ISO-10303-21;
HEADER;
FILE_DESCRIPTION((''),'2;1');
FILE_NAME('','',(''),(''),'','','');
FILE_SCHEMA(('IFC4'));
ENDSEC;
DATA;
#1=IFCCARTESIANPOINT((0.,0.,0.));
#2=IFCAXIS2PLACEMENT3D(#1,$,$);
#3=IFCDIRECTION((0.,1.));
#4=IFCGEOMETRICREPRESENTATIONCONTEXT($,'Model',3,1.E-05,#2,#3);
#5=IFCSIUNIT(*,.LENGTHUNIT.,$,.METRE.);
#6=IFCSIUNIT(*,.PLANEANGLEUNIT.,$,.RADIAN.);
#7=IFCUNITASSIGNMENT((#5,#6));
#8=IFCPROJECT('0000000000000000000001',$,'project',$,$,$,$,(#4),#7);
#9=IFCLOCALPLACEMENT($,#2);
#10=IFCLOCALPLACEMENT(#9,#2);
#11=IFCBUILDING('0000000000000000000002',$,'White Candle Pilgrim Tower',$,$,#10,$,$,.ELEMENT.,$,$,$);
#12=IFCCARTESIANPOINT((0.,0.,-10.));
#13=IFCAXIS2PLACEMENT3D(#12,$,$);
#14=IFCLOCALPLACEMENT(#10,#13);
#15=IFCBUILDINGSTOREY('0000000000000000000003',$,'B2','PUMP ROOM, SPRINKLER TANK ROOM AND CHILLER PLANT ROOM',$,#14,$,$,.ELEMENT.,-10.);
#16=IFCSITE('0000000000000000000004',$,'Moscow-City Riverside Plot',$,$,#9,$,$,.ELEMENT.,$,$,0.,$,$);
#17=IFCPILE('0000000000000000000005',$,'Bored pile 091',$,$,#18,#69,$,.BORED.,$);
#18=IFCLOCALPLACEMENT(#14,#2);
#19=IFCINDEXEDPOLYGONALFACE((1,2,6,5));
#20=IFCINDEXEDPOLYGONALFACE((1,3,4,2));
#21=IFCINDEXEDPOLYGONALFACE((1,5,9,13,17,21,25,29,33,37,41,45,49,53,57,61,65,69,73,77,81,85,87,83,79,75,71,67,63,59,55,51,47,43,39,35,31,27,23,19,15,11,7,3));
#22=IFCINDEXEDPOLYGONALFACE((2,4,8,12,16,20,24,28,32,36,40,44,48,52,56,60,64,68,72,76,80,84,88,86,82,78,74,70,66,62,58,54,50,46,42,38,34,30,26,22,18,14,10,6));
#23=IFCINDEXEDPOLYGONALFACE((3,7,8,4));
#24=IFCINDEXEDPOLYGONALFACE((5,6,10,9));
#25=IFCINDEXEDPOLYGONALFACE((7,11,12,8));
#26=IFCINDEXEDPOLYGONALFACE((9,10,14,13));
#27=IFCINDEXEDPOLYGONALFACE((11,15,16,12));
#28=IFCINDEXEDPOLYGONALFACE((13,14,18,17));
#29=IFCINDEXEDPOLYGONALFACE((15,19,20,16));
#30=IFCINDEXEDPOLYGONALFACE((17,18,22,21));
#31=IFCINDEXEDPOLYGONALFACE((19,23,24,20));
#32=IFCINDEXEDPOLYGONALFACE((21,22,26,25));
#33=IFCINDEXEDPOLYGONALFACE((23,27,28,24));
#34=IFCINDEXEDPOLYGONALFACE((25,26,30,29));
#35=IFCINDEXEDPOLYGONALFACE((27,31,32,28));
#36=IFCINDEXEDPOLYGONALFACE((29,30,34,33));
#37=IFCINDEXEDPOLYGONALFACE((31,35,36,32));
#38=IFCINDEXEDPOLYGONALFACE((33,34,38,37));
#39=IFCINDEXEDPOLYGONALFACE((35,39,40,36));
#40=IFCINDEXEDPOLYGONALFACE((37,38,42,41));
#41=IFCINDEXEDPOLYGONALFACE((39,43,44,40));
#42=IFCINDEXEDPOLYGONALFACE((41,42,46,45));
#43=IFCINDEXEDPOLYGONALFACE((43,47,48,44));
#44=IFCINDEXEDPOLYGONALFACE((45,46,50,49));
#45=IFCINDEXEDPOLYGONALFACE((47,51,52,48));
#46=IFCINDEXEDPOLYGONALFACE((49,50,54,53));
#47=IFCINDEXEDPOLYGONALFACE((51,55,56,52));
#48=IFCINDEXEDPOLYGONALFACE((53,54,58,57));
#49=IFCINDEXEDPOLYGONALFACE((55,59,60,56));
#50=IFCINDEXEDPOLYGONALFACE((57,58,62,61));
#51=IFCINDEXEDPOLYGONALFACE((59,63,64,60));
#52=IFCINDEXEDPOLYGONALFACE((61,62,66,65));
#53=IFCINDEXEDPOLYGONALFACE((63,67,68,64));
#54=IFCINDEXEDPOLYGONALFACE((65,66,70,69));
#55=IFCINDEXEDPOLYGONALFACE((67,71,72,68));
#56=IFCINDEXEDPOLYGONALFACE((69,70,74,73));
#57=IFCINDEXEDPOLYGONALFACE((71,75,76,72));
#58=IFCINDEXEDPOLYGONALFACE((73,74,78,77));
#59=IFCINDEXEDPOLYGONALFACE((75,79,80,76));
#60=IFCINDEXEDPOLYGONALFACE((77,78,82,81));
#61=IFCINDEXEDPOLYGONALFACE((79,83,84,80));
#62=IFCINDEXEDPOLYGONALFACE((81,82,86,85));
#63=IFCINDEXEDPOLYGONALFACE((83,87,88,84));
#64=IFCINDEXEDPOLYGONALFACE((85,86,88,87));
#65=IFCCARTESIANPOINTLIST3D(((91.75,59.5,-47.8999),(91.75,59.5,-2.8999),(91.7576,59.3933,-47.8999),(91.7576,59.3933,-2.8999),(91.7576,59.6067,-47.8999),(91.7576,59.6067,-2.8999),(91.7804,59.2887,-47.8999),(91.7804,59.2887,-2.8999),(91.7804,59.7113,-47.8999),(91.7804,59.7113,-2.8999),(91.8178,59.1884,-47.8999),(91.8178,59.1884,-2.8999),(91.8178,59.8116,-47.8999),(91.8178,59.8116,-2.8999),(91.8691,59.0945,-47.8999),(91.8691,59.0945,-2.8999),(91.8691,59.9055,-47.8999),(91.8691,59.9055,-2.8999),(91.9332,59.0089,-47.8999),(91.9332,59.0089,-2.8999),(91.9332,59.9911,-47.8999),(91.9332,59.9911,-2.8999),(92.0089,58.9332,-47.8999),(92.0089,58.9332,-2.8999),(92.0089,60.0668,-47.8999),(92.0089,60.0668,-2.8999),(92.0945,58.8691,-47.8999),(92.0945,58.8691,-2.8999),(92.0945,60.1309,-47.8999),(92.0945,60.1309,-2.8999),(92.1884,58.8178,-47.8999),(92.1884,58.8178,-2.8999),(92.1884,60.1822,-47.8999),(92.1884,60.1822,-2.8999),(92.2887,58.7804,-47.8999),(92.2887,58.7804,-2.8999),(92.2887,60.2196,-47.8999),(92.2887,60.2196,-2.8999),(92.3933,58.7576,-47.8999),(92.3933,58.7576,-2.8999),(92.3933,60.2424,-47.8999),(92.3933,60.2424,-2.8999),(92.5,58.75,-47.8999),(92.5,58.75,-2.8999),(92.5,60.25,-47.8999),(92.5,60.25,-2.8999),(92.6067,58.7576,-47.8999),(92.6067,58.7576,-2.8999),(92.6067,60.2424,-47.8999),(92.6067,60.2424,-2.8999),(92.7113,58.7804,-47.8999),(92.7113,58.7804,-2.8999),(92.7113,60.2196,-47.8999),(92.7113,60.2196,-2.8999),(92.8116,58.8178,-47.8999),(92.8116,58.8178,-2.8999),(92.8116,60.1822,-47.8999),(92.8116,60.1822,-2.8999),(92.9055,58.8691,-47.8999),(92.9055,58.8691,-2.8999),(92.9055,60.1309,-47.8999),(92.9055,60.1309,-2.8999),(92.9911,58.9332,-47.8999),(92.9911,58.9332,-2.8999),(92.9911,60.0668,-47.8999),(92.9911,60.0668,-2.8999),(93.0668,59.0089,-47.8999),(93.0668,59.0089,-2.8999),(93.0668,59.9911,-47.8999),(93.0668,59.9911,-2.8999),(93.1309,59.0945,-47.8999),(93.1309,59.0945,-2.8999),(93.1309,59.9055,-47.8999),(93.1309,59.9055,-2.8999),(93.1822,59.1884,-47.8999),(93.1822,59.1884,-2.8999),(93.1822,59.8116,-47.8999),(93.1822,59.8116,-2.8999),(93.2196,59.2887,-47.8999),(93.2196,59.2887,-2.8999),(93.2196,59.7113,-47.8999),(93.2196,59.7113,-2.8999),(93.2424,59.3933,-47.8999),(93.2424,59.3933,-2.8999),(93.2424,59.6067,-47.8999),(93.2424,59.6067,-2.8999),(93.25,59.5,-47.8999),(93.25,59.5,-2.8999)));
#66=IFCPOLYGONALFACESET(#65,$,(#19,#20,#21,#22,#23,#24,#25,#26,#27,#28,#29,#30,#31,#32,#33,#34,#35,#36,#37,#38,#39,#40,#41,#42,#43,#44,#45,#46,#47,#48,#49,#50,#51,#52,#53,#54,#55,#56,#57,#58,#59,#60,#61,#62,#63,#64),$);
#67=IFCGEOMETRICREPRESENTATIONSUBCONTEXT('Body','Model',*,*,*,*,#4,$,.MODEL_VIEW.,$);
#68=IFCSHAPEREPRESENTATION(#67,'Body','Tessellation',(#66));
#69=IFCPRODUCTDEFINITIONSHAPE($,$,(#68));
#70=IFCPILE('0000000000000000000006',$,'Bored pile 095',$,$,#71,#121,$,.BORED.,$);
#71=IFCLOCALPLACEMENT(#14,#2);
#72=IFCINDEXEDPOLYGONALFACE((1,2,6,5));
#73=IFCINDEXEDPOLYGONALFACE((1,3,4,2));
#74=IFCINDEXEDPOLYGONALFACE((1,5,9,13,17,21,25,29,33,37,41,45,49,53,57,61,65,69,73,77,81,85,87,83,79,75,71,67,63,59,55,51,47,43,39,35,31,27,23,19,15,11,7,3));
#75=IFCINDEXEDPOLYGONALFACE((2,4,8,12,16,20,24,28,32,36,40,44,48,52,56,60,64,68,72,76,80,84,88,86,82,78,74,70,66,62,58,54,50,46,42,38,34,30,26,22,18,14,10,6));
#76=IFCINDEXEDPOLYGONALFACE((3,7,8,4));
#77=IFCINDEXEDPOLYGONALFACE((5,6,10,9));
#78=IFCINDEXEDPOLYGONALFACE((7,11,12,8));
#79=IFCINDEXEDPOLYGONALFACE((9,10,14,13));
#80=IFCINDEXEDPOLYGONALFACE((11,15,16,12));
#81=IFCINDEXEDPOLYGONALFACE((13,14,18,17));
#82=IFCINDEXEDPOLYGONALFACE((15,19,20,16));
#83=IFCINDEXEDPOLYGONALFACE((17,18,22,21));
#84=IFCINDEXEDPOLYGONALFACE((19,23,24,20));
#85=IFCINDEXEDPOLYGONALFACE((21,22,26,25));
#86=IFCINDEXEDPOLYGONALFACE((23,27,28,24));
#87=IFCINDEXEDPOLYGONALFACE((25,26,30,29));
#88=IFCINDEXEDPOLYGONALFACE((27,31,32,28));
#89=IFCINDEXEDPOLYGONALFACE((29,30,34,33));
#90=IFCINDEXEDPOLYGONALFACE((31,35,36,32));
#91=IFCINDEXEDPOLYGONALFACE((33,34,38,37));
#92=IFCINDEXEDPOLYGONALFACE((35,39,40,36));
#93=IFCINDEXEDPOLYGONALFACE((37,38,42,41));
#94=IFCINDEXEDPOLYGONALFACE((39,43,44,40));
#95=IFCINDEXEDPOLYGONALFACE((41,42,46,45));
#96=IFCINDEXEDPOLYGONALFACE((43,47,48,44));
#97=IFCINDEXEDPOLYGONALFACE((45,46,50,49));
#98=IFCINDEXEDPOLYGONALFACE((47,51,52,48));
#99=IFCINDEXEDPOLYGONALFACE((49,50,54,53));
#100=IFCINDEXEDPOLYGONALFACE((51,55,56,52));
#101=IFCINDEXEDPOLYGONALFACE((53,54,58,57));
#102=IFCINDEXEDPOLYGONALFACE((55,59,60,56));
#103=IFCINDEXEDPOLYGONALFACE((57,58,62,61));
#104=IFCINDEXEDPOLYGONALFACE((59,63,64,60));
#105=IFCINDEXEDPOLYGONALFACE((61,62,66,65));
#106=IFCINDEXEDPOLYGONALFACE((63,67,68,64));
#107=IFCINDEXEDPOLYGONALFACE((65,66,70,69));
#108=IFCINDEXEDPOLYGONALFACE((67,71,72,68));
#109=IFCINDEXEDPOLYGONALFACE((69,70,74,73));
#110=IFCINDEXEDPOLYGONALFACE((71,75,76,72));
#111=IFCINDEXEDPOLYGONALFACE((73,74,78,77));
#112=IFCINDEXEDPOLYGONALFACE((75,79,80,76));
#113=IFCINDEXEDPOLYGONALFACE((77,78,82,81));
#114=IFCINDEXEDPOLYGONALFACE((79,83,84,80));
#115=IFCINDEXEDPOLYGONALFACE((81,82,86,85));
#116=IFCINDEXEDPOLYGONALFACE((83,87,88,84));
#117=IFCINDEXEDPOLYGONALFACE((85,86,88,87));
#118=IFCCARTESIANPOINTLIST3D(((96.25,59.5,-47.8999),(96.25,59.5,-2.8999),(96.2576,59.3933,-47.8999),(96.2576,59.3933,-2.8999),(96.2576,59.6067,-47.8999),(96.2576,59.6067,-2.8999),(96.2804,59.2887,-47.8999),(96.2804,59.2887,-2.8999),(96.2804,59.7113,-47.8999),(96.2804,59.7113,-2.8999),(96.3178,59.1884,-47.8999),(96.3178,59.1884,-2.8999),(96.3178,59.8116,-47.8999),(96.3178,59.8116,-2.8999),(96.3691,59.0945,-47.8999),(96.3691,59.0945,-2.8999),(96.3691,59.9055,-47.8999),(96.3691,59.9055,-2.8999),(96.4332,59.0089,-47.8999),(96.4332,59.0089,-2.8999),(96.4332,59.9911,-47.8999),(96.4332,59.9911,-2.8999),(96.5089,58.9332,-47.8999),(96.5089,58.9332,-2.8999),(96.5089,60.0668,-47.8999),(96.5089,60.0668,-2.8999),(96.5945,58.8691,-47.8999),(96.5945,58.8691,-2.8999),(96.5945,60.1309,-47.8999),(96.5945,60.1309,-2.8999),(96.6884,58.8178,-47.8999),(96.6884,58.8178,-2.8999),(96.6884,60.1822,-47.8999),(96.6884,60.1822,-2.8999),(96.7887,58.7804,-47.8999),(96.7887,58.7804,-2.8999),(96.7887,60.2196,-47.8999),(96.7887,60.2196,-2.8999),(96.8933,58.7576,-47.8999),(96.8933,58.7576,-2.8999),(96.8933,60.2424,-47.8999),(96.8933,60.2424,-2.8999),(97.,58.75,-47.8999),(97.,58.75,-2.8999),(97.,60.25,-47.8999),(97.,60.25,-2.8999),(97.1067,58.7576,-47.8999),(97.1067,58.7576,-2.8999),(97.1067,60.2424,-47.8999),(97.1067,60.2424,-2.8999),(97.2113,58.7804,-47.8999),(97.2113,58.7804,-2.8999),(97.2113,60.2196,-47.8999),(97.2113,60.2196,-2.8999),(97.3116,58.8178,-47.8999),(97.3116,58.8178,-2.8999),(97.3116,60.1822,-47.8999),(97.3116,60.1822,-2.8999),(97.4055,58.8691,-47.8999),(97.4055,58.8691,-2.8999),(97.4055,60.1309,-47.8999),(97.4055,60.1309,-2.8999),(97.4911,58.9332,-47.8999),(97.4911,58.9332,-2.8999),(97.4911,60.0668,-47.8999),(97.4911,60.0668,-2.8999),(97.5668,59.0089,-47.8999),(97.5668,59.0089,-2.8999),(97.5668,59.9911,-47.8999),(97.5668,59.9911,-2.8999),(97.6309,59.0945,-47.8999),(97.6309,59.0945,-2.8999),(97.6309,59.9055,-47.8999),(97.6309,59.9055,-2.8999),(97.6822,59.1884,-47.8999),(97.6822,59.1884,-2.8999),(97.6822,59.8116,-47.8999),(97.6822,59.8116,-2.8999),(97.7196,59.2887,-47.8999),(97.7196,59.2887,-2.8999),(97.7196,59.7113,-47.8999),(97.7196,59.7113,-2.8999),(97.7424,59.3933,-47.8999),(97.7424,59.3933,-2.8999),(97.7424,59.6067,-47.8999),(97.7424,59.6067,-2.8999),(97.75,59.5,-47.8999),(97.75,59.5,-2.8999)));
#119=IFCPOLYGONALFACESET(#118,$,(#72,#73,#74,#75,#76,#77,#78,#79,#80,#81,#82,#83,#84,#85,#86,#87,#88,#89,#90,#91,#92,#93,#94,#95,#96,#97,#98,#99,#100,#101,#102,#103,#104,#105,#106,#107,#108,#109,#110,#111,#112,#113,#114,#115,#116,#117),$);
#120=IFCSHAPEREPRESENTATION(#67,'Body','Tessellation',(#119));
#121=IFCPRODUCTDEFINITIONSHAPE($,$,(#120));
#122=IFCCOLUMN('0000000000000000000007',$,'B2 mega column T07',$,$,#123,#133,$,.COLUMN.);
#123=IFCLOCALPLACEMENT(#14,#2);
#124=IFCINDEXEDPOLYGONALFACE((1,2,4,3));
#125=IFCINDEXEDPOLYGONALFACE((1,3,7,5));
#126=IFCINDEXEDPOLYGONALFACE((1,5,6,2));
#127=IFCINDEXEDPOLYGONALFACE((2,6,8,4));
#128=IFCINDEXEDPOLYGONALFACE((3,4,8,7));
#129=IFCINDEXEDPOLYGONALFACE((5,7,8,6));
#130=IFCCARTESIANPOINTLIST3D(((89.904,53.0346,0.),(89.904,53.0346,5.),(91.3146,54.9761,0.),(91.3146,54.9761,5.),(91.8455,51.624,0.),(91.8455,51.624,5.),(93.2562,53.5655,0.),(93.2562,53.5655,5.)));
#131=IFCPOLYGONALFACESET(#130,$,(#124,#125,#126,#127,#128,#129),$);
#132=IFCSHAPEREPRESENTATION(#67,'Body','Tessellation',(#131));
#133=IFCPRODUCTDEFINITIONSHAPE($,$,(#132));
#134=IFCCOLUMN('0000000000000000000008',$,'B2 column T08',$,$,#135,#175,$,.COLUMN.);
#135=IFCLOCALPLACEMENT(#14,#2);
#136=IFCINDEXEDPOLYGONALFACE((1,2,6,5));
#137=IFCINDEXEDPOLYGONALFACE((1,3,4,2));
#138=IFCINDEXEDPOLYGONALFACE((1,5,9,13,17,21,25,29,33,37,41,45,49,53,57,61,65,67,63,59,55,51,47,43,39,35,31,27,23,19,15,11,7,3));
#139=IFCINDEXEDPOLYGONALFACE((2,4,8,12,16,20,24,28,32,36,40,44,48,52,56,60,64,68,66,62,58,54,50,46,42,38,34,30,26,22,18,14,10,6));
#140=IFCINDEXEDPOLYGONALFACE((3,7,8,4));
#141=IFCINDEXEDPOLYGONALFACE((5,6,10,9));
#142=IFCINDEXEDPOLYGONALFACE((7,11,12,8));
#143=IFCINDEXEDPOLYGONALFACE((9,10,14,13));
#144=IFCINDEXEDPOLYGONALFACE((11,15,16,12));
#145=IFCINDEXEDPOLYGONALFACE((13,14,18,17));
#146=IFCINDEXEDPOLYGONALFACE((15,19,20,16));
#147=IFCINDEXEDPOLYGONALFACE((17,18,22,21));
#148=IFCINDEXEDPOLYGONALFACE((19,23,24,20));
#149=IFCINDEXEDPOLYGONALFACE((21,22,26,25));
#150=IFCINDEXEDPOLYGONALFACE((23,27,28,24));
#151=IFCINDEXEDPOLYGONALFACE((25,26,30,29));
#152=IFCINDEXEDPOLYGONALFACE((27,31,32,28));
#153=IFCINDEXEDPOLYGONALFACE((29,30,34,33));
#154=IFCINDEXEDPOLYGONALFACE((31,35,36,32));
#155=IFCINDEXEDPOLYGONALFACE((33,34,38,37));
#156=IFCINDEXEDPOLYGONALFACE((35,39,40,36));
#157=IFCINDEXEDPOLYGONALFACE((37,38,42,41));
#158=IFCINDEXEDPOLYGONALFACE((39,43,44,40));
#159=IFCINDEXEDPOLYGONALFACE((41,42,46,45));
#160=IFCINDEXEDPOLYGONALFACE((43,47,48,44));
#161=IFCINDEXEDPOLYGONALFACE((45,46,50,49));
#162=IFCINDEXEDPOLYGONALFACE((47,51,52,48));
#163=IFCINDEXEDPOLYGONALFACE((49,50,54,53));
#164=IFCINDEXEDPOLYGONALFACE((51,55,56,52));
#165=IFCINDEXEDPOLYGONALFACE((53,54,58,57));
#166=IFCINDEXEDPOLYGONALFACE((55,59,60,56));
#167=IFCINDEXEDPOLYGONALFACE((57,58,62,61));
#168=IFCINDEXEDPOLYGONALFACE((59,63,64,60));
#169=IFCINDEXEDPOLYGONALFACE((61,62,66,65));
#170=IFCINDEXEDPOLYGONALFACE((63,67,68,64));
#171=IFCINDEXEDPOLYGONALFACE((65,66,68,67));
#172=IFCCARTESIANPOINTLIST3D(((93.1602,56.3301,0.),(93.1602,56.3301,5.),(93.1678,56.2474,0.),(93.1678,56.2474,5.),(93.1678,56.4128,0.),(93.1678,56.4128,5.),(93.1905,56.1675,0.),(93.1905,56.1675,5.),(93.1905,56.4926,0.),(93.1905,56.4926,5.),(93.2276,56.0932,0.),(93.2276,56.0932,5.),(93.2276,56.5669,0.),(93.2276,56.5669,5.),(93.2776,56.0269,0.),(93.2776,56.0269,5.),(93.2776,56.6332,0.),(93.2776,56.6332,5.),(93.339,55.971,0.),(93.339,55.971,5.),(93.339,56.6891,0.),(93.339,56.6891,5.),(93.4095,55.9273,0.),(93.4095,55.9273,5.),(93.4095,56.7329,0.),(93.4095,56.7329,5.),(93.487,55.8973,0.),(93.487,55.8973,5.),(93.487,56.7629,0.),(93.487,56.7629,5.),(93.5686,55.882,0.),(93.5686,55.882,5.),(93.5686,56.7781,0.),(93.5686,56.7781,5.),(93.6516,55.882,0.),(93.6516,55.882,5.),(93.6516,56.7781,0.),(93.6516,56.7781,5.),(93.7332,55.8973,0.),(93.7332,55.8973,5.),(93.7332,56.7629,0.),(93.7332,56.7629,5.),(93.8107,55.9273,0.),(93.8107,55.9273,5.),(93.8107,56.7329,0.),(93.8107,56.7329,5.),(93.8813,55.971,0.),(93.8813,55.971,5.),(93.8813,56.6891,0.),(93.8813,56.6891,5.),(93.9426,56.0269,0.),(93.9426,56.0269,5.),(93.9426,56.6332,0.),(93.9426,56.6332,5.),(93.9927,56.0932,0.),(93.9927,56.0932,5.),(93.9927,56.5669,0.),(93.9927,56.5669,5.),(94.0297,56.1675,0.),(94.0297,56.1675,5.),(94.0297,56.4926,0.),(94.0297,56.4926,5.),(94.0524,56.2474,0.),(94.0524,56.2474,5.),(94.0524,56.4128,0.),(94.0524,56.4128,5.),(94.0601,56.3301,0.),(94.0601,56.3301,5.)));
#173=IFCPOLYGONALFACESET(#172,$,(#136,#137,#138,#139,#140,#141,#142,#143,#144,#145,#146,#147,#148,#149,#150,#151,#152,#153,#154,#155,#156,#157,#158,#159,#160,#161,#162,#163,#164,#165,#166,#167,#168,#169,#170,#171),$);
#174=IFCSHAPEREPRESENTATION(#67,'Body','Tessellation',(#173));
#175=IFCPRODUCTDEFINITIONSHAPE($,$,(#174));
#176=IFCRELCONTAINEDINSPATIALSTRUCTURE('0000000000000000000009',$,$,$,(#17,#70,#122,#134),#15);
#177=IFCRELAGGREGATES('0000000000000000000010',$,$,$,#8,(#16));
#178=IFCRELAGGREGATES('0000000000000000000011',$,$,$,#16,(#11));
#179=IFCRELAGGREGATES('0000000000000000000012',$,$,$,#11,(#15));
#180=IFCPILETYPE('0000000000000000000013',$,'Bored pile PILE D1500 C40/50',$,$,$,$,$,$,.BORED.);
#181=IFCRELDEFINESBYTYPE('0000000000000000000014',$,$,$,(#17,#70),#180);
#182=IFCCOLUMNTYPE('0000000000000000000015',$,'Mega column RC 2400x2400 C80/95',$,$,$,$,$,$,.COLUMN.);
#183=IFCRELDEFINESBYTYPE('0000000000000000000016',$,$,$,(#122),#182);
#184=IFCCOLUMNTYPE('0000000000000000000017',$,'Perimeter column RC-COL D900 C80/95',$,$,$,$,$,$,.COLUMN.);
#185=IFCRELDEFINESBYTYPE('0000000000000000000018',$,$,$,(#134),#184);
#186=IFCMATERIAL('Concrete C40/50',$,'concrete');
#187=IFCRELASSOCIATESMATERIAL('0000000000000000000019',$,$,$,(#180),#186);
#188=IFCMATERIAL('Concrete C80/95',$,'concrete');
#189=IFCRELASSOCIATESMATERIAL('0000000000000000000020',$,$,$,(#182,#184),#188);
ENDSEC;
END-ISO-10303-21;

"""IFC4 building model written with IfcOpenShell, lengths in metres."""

from ifc_helpers import new_model, si_unit, direction, frame, origin, origin_2d, place, context, subcontext, project, spatial, rectangle, circle, extrude, material, material_profile, profile_set, type_object, element, save


model = new_model("IFC4")

# Units and contexts
model_context = context("Model", 3, precision=1e-05, world=origin(), true_north=direction((0.0, 1.0)))
body_context = subcontext(model_context, "Body", "Model", "MODEL_VIEW")
ifc_project = project(units=[si_unit("LENGTHUNIT", "METRE"), si_unit("PLANEANGLEUNIT", "RADIAN")], contexts=[model_context])

# Site, building, storey
site_placement = place(None, origin())
site = spatial("IfcSite", under=ifc_project, at=site_placement, Name="Moscow-City Riverside Plot", CompositionType="ELEMENT", RefElevation=0.0)
building_placement = place(site_placement, origin())
building = spatial("IfcBuilding", under=site, at=building_placement, Name="White Candle Pilgrim Tower", CompositionType="ELEMENT")
storey_placement = place(building_placement, frame((0.0, 0.0, -10.0)))
storey = spatial("IfcBuildingStorey", under=building, at=storey_placement, Name="B2", Description="PUMP ROOM, SPRINKLER TANK ROOM AND CHILLER PLANT ROOM", CompositionType="ELEMENT", Elevation=-10.0)

# Piles
ifc_material_1 = material(Name="Concrete C40/50", Category="concrete")
ifc_material_profile_1 = material_profile(ifc_material_1, circle(Radius=0.75, at=origin_2d()), Name="PILE D1500")
ifc_profile_set_1 = profile_set([ifc_material_profile_1], Name="Concrete C40/50")
pile_type_1 = type_object("IfcPileType", Name="Bored pile PILE D1500 C40/50", PredefinedType="BORED", material=ifc_profile_set_1)
for number, where, z_axis, x_axis, name in (
    (1, (92.5, 59.5, -2.8999), (0.0, 0.0, -1.0), (1.0, 0.0, 0.0), "Bored pile 091"),
    (2, (97.0, 59.5, -2.8999), (0.0, 0.0, -1.0), (1.0, 0.0, 0.0), "Bored pile 095"),
):
    element("IfcPile", number, at=place(storey_placement, frame(where, z_axis=z_axis, x_axis=x_axis)), inside=storey, type_object=pile_type_1, Name=name, PredefinedType="BORED", context=body_context, shape_type="SweptSolid", body=[
        extrude(circle(Radius=0.75, at=origin_2d()), origin(), (0.0, 0.0, 1.0), 45.0),
    ])

# Columns
ifc_material_2 = material(Name="Concrete C80/95", Category="concrete")
ifc_material_profile_2 = material_profile(ifc_material_2, rectangle(XDim=2.3999, YDim=2.3999, at=origin_2d()), Name="RC 2400x2400")
ifc_profile_set_2 = profile_set([ifc_material_profile_2], Name="Concrete C80/95")
column_type_1 = type_object("IfcColumnType", Name="Mega column RC 2400x2400 C80/95", PredefinedType="COLUMN", material=ifc_profile_set_2)
column_placement = place(storey_placement, frame((91.5801, 53.3, 0.0), z_axis=(0.0, 0.0, 1.0), x_axis=(0.809017, -0.587785, 0.0)))
element("IfcColumn", 3, at=column_placement, inside=storey, type_object=column_type_1, Name="B2 mega column T07", PredefinedType="COLUMN", context=body_context, shape_type="SweptSolid", body=[
    extrude(rectangle(XDim=2.3999, YDim=2.3999, at=origin_2d()), origin(), (0.0, 0.0, 1.0), 5.0),
])
ifc_material_profile_3 = material_profile(ifc_material_2, circle(Radius=0.45, at=origin_2d()), Name="RC-COL D900")
ifc_profile_set_3 = profile_set([ifc_material_profile_3], Name="Concrete C80/95")
column_type_2 = type_object("IfcColumnType", Name="Perimeter column RC-COL D900 C80/95", PredefinedType="COLUMN", material=ifc_profile_set_3)
for number, where, z_axis, x_axis, name in (
    (4, (93.6101, 56.3301, 0.0), (0.0, 0.0, 1.0), (1.0, 0.0, 0.0), "B2 column T08"),
):
    element("IfcColumn", number, at=place(storey_placement, frame(where, z_axis=z_axis, x_axis=x_axis)), inside=storey, type_object=column_type_2, Name=name, PredefinedType="COLUMN", context=body_context, shape_type="SweptSolid", body=[
        extrude(circle(Radius=0.45, at=origin_2d()), origin(), (0.0, 0.0, 1.0), 5.0),
    ])

save(model, "model.ifc")
